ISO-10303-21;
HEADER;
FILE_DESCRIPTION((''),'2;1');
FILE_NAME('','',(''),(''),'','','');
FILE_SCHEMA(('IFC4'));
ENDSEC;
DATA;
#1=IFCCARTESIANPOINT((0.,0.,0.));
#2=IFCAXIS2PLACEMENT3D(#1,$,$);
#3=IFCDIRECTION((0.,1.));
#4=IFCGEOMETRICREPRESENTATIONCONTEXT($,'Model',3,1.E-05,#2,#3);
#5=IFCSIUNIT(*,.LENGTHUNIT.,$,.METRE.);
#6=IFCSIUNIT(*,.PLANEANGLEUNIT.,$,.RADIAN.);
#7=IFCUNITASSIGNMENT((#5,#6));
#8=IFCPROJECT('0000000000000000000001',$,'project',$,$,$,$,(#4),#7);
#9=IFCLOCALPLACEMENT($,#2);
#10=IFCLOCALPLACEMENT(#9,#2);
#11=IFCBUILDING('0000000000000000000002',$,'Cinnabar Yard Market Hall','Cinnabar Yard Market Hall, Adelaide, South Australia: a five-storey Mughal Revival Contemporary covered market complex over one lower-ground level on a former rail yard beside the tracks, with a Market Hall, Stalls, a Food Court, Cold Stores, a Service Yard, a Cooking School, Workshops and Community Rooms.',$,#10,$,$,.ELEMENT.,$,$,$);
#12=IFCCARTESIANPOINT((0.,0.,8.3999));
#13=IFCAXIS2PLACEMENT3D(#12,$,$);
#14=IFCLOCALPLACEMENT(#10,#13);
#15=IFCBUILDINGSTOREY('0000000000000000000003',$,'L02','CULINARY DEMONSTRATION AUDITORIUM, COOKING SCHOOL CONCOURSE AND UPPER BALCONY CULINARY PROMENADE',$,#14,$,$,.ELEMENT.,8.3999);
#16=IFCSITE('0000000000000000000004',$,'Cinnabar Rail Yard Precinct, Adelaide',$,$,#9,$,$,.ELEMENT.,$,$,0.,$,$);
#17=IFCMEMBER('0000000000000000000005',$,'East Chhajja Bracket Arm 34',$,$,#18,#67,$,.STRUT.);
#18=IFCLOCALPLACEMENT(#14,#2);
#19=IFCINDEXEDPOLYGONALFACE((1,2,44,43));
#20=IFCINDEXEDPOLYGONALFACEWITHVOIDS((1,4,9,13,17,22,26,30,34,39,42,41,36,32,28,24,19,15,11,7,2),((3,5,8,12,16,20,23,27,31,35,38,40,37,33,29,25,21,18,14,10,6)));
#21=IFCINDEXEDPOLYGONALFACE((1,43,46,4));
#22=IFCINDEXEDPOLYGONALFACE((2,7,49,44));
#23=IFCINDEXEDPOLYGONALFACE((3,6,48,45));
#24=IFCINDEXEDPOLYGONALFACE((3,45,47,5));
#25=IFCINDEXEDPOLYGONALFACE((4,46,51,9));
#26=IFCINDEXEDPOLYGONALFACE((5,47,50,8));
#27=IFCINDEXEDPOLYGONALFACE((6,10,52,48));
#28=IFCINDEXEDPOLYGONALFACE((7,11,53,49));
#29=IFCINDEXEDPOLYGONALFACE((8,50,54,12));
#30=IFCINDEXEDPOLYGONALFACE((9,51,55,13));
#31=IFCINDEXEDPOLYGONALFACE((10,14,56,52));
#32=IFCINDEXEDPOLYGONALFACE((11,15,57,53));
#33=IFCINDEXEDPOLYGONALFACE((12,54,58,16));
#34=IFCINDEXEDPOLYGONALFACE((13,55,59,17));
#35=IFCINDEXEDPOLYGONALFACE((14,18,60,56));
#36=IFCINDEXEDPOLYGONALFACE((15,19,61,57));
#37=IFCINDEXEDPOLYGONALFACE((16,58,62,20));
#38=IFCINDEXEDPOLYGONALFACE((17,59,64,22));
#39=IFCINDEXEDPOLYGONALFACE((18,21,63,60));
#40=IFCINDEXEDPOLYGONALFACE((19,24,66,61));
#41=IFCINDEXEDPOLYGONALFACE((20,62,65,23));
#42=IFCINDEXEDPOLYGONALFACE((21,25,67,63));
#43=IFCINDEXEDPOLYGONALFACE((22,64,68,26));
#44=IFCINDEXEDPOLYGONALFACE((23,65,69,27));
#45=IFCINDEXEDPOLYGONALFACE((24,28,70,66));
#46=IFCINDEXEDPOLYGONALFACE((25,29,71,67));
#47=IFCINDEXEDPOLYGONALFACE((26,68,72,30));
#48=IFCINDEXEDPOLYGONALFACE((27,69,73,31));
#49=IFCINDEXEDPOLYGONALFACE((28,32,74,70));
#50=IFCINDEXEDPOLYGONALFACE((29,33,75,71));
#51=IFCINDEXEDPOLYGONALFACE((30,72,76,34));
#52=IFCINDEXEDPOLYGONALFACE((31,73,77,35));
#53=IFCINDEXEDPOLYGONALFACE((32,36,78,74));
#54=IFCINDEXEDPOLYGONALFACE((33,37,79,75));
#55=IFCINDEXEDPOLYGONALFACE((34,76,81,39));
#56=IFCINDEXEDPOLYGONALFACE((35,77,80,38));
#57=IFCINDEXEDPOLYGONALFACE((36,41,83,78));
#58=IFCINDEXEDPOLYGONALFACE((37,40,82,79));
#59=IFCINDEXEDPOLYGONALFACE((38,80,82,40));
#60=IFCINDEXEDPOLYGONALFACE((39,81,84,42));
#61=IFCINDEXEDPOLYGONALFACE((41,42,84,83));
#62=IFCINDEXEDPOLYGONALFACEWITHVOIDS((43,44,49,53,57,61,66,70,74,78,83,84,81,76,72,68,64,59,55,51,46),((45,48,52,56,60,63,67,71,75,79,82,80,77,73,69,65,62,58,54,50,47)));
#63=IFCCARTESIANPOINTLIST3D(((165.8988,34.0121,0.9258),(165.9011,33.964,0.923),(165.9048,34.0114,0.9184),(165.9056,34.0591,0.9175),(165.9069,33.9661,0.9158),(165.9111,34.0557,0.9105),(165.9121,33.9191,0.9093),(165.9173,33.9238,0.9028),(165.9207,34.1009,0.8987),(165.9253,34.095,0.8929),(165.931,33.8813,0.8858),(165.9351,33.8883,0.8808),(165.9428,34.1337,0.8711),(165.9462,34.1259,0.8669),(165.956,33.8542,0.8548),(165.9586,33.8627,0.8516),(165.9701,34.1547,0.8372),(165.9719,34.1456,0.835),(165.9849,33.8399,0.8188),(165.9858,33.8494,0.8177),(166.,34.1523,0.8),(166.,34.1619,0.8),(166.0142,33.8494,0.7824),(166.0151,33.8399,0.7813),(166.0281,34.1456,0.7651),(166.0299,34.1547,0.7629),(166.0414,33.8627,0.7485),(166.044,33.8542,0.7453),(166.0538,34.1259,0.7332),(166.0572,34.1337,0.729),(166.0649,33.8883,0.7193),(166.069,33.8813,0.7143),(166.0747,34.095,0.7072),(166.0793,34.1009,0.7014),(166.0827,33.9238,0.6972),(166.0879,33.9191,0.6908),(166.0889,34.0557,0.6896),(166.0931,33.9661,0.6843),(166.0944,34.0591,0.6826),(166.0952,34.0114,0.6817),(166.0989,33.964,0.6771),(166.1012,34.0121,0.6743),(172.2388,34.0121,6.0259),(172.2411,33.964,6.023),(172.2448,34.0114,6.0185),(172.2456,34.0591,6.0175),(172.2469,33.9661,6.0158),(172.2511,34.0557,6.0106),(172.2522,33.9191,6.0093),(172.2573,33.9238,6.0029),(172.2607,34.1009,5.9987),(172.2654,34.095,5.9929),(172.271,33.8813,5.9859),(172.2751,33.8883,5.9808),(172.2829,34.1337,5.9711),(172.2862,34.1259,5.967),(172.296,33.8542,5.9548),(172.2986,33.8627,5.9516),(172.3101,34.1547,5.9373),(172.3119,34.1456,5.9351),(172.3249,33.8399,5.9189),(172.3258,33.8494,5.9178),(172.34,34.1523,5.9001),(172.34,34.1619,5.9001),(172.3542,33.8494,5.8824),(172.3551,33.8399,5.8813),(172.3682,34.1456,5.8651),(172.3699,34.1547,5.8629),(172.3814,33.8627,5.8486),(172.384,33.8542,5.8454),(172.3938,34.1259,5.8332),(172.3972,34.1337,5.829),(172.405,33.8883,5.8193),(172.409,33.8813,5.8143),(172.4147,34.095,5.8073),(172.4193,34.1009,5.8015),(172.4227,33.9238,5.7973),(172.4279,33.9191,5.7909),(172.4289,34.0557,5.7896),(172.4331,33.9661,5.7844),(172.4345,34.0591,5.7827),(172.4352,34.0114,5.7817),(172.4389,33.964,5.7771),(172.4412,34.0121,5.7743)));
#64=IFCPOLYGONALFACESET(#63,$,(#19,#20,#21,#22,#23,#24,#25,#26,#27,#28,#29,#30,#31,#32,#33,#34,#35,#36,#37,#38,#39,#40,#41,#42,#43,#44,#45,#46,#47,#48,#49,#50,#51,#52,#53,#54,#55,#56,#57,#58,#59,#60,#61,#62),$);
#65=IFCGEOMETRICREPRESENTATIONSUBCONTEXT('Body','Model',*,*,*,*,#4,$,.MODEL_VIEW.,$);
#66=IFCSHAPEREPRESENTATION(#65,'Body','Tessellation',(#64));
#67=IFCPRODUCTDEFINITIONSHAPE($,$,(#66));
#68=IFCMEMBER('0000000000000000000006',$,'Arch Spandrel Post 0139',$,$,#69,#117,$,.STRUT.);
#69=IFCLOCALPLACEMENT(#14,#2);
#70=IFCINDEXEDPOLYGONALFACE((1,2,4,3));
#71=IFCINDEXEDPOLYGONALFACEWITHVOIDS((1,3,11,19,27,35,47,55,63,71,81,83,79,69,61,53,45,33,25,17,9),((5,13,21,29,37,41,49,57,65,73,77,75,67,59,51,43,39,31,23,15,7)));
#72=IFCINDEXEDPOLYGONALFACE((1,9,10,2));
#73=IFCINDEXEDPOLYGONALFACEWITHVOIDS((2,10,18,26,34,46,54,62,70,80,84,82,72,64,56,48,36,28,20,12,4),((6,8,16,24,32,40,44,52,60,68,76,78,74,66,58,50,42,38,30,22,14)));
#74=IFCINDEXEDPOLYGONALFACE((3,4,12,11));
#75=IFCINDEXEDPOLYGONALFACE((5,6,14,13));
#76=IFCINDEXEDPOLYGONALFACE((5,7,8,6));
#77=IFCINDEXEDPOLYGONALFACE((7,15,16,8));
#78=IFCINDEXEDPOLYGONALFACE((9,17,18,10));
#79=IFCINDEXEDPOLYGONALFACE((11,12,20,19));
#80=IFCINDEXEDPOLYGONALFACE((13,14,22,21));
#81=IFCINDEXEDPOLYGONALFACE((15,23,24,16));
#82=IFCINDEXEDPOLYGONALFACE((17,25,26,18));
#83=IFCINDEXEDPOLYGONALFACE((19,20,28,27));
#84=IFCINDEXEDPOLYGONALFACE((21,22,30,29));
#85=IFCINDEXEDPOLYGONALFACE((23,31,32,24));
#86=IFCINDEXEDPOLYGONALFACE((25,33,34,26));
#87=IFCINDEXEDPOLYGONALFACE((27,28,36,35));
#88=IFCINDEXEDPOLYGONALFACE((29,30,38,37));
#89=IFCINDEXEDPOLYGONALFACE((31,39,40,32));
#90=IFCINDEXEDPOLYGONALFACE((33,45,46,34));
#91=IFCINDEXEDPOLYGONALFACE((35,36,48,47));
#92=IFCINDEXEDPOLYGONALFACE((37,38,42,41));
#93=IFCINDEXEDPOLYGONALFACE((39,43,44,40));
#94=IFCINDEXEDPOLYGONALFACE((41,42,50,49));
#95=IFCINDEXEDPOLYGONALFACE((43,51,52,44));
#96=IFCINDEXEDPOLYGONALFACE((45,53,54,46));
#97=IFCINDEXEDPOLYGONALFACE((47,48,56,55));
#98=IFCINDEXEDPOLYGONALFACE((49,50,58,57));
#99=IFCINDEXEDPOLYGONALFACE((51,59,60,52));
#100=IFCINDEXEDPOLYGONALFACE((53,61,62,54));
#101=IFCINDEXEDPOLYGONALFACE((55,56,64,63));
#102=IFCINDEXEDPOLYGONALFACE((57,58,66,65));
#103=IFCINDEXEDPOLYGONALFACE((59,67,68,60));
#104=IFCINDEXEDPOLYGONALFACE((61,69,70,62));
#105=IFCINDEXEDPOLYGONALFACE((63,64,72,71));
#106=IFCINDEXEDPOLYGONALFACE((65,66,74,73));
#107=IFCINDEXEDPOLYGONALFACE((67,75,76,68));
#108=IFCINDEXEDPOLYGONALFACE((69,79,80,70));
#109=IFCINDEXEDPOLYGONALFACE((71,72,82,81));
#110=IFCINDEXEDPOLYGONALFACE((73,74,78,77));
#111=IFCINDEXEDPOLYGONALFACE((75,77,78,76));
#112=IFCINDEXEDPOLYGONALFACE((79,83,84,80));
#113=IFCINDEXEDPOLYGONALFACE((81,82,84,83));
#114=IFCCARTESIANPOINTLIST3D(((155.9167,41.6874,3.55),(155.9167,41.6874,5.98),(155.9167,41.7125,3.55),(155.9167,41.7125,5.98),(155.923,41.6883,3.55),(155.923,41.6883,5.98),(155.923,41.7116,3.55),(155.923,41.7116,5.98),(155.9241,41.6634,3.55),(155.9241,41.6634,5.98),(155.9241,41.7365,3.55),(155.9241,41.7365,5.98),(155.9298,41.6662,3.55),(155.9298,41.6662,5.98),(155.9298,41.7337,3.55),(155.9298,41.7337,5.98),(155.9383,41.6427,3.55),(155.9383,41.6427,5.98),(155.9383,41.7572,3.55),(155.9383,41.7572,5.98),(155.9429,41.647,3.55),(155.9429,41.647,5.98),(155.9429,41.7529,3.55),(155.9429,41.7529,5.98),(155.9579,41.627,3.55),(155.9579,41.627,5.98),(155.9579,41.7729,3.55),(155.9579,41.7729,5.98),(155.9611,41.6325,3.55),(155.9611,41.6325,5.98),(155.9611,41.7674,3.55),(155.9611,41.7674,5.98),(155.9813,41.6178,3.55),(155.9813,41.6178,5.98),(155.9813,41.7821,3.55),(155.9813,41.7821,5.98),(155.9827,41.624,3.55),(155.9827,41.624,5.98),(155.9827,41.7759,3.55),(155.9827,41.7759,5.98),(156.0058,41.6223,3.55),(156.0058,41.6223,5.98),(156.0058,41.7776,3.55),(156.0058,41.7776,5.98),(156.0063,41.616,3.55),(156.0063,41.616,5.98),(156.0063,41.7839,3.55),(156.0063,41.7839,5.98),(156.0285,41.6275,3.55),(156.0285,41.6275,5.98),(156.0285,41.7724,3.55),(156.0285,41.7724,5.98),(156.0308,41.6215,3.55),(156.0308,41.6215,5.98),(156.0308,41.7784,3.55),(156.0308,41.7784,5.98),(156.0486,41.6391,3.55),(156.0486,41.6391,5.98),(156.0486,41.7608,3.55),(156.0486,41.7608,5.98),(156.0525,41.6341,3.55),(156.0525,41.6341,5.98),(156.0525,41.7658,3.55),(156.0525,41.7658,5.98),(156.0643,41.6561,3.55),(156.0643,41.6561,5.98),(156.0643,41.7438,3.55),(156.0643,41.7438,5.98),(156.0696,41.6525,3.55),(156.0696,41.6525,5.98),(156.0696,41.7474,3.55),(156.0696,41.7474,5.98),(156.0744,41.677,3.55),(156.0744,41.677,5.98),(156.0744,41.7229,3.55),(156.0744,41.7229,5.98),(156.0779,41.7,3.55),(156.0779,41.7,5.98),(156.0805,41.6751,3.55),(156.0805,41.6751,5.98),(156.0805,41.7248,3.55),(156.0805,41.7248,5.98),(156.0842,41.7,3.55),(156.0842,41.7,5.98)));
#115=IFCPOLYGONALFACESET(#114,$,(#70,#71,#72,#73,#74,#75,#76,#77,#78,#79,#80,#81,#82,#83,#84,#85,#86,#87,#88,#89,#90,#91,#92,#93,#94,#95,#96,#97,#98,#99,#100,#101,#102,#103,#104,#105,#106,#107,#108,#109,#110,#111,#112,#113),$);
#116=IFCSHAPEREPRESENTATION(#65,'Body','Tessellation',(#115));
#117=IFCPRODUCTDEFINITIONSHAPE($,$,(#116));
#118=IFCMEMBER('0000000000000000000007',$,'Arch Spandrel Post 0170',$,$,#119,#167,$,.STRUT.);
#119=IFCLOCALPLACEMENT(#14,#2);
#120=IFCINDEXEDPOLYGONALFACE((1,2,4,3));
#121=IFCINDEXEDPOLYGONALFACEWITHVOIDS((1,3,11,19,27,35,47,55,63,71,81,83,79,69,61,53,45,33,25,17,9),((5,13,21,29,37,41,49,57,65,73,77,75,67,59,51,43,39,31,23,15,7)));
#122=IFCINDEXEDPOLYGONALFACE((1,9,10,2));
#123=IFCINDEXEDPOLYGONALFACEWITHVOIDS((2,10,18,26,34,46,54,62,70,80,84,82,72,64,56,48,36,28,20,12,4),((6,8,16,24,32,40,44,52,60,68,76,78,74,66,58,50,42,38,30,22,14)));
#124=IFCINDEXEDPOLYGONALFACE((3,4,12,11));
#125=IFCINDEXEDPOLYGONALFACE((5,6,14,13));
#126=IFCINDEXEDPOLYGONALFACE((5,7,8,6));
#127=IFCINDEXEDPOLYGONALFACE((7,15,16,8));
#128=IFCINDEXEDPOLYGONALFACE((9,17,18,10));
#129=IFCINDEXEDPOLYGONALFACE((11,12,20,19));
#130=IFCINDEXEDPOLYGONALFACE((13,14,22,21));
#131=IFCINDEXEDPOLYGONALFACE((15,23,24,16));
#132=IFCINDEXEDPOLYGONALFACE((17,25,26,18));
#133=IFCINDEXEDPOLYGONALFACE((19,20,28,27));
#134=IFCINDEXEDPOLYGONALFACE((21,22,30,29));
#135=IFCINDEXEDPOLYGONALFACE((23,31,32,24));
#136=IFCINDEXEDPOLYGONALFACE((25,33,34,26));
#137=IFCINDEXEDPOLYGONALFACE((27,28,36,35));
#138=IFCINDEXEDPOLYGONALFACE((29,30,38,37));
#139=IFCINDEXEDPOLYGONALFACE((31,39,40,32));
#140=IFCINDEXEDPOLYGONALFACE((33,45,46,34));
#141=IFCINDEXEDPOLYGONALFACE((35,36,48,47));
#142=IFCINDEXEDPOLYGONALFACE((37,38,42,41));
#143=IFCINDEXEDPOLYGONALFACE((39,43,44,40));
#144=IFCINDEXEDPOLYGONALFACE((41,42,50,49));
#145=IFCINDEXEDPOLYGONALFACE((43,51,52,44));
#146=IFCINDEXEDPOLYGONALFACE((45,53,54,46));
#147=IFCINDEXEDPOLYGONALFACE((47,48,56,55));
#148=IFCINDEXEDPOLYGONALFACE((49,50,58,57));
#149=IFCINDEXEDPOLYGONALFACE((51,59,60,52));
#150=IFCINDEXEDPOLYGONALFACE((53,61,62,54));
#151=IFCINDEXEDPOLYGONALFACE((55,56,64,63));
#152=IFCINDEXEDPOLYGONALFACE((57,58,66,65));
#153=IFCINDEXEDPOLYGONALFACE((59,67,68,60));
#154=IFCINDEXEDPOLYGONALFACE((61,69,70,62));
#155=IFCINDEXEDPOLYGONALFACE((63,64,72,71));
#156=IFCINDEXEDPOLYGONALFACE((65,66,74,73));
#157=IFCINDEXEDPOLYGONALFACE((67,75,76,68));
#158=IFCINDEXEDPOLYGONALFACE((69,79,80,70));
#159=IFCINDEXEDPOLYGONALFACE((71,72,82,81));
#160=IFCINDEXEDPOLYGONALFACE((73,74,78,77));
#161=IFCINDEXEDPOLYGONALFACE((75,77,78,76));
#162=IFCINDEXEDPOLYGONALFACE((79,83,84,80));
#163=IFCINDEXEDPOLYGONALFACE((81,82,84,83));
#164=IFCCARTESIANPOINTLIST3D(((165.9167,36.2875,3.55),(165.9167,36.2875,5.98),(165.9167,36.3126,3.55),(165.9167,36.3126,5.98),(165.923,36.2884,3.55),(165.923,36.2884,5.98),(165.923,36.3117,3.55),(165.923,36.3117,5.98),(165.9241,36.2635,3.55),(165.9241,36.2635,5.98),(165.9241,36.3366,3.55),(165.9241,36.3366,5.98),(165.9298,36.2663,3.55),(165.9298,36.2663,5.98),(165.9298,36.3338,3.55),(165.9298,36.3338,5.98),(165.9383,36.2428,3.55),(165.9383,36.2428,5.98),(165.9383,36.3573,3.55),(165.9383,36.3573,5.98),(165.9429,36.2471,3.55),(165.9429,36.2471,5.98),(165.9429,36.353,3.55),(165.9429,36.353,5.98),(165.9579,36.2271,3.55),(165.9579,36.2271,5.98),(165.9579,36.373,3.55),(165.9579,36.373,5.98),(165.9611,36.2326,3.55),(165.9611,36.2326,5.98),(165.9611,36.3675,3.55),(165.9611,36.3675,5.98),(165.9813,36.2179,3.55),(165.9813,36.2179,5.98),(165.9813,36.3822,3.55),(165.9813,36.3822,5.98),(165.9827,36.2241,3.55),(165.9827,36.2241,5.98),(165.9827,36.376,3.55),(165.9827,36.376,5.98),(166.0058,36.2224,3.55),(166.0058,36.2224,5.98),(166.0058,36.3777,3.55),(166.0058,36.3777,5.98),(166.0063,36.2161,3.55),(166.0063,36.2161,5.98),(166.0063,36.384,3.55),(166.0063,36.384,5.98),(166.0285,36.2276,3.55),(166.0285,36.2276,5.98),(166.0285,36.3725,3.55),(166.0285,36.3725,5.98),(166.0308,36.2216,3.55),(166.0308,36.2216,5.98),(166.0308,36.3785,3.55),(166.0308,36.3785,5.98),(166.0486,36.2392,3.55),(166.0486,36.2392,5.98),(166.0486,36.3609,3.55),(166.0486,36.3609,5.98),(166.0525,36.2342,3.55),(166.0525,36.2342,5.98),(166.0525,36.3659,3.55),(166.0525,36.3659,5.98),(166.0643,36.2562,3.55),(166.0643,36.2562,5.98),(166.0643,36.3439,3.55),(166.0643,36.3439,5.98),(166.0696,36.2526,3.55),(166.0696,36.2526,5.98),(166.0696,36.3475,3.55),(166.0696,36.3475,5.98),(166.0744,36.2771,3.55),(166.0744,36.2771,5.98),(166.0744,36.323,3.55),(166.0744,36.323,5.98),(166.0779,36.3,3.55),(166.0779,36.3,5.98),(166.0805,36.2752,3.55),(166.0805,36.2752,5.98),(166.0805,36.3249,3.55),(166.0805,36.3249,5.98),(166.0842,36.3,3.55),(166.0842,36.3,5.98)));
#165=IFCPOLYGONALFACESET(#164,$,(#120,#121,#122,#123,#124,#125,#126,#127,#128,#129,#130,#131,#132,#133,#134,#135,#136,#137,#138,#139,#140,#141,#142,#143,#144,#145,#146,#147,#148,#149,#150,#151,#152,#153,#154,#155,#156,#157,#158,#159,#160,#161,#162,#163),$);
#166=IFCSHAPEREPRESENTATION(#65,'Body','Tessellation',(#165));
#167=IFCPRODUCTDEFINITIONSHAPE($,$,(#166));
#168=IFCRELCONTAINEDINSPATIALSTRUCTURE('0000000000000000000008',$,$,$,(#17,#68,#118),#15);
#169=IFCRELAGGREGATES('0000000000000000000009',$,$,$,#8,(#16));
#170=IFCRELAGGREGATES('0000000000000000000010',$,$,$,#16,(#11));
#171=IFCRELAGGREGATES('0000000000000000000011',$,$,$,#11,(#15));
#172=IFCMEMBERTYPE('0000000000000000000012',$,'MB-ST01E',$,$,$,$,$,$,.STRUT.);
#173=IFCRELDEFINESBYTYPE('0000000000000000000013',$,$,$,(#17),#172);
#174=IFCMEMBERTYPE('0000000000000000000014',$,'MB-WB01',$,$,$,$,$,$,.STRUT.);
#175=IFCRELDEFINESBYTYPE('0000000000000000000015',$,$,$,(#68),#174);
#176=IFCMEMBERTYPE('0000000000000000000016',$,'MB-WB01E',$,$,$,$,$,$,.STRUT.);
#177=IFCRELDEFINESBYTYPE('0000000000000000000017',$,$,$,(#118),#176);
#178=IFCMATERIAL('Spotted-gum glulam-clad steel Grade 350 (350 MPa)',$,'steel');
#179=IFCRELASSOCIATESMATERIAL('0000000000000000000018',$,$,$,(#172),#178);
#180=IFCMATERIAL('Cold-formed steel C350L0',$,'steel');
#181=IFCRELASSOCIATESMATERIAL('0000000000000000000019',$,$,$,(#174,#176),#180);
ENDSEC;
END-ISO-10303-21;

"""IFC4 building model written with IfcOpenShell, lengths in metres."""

from ifc_helpers import new_model, si_unit, direction, frame, origin, origin_2d_with_axis, place, context, subcontext, project, spatial, hollow_circle, extrude, material, material_profile, profile_set, type_object, element, save


model = new_model("IFC4")

# Units and contexts
model_context = context("Model", 3, precision=1e-05, world=origin(), true_north=direction((0.0, 1.0)))
body_context = subcontext(model_context, "Body", "Model", "MODEL_VIEW")
ifc_project = project(units=[si_unit("LENGTHUNIT", "METRE"), si_unit("PLANEANGLEUNIT", "RADIAN")], contexts=[model_context])

# Site, building, storey
site_placement = place(None, origin())
site = spatial("IfcSite", under=ifc_project, at=site_placement, Name="Cinnabar Rail Yard Precinct, Adelaide", CompositionType="ELEMENT", RefElevation=0.0)
building_placement = place(site_placement, origin())
building = spatial("IfcBuilding", under=site, at=building_placement, Name="Cinnabar Yard Market Hall", Description="Cinnabar Yard Market Hall, Adelaide, South Australia: a five-storey Mughal Revival Contemporary covered market complex over one lower-ground level on a former rail yard beside the tracks, with a Market Hall, Stalls, a Food Court, Cold Stores, a Service Yard, a Cooking School, Workshops and Community Rooms.", CompositionType="ELEMENT")
storey_placement = place(building_placement, frame((0.0, 0.0, 8.3999)))
storey = spatial("IfcBuildingStorey", under=building, at=storey_placement, Name="L02", Description="CULINARY DEMONSTRATION AUDITORIUM, COOKING SCHOOL CONCOURSE AND UPPER BALCONY CULINARY PROMENADE", CompositionType="ELEMENT", Elevation=8.3999)

# Shared definitions
ifc_material_1 = material(Name="Spotted-gum glulam-clad steel Grade 350 (350 MPa)", Category="steel")

# Members
ifc_material_profile_1 = material_profile(ifc_material_1, hollow_circle(Radius=0.1619, WallThickness=0.0095, at=origin_2d_with_axis()), Name="323.9x9.5CHS")
ifc_profile_set_1 = profile_set([ifc_material_profile_1], Name="Spotted-gum glulam-clad steel Grade 350 (350 MPa)")
member_type_1 = type_object("IfcMemberType", Name="MB-ST01E", PredefinedType="STRUT", material=ifc_profile_set_1)
member_1_placement = place(storey_placement, frame((166.0, 34.0, 0.8), z_axis=(0.779186, 0.0, 0.626793), x_axis=(0.0, 1.0, 0.0)))
element("IfcMember", 1, at=member_1_placement, inside=storey, type_object=member_type_1, Name="East Chhajja Bracket Arm 34", PredefinedType="STRUT", context=body_context, shape_type="SweptSolid", body=[
    extrude(hollow_circle(Radius=0.1619, WallThickness=0.0095, at=origin_2d_with_axis()), origin(), (0.0, 0.0, 1.0), 8.1367),
])
ifc_material_2 = material(Name="Cold-formed steel C350L0", Category="steel")
ifc_material_profile_2 = material_profile(ifc_material_2, hollow_circle(Radius=0.0842, WallThickness=0.0063, at=origin_2d_with_axis()), Name="168.3x6.4CHS")
ifc_profile_set_2 = profile_set([ifc_material_profile_2], Name="Cold-formed steel C350L0")
member_type_2 = type_object("IfcMemberType", Name="MB-WB01", PredefinedType="STRUT", material=ifc_profile_set_2)
member_2_placement = place(storey_placement, frame((156.0, 41.7, 3.55), z_axis=(0.0, 0.0, 1.0), x_axis=(1.0, 0.0, 0.0)))
element("IfcMember", 2, at=member_2_placement, inside=storey, type_object=member_type_2, Name="Arch Spandrel Post 0139", PredefinedType="STRUT", context=body_context, shape_type="SweptSolid", body=[
    extrude(hollow_circle(Radius=0.0842, WallThickness=0.0063, at=origin_2d_with_axis()), origin(), (0.0, 0.0, 1.0), 2.4299),
])
ifc_material_profile_3 = material_profile(ifc_material_2, hollow_circle(Radius=0.0842, WallThickness=0.0063, at=origin_2d_with_axis()), Name="168.3x6.4CHS")
ifc_profile_set_3 = profile_set([ifc_material_profile_3], Name="Cold-formed steel C350L0")
member_type_3 = type_object("IfcMemberType", Name="MB-WB01E", PredefinedType="STRUT", material=ifc_profile_set_3)
for number, where, z_axis, x_axis, name in (
    (3, (166.0, 36.3, 3.55), (0.0, 0.0, 1.0), (1.0, 0.0, 0.0), "Arch Spandrel Post 0170"),
):
    element("IfcMember", number, at=place(storey_placement, frame(where, z_axis=z_axis, x_axis=x_axis)), inside=storey, type_object=member_type_3, Name=name, PredefinedType="STRUT", context=body_context, shape_type="SweptSolid", body=[
        extrude(hollow_circle(Radius=0.0842, WallThickness=0.0063, at=origin_2d_with_axis()), origin(), (0.0, 0.0, 1.0), 2.4299),
    ])

save(model, "model.ifc")
